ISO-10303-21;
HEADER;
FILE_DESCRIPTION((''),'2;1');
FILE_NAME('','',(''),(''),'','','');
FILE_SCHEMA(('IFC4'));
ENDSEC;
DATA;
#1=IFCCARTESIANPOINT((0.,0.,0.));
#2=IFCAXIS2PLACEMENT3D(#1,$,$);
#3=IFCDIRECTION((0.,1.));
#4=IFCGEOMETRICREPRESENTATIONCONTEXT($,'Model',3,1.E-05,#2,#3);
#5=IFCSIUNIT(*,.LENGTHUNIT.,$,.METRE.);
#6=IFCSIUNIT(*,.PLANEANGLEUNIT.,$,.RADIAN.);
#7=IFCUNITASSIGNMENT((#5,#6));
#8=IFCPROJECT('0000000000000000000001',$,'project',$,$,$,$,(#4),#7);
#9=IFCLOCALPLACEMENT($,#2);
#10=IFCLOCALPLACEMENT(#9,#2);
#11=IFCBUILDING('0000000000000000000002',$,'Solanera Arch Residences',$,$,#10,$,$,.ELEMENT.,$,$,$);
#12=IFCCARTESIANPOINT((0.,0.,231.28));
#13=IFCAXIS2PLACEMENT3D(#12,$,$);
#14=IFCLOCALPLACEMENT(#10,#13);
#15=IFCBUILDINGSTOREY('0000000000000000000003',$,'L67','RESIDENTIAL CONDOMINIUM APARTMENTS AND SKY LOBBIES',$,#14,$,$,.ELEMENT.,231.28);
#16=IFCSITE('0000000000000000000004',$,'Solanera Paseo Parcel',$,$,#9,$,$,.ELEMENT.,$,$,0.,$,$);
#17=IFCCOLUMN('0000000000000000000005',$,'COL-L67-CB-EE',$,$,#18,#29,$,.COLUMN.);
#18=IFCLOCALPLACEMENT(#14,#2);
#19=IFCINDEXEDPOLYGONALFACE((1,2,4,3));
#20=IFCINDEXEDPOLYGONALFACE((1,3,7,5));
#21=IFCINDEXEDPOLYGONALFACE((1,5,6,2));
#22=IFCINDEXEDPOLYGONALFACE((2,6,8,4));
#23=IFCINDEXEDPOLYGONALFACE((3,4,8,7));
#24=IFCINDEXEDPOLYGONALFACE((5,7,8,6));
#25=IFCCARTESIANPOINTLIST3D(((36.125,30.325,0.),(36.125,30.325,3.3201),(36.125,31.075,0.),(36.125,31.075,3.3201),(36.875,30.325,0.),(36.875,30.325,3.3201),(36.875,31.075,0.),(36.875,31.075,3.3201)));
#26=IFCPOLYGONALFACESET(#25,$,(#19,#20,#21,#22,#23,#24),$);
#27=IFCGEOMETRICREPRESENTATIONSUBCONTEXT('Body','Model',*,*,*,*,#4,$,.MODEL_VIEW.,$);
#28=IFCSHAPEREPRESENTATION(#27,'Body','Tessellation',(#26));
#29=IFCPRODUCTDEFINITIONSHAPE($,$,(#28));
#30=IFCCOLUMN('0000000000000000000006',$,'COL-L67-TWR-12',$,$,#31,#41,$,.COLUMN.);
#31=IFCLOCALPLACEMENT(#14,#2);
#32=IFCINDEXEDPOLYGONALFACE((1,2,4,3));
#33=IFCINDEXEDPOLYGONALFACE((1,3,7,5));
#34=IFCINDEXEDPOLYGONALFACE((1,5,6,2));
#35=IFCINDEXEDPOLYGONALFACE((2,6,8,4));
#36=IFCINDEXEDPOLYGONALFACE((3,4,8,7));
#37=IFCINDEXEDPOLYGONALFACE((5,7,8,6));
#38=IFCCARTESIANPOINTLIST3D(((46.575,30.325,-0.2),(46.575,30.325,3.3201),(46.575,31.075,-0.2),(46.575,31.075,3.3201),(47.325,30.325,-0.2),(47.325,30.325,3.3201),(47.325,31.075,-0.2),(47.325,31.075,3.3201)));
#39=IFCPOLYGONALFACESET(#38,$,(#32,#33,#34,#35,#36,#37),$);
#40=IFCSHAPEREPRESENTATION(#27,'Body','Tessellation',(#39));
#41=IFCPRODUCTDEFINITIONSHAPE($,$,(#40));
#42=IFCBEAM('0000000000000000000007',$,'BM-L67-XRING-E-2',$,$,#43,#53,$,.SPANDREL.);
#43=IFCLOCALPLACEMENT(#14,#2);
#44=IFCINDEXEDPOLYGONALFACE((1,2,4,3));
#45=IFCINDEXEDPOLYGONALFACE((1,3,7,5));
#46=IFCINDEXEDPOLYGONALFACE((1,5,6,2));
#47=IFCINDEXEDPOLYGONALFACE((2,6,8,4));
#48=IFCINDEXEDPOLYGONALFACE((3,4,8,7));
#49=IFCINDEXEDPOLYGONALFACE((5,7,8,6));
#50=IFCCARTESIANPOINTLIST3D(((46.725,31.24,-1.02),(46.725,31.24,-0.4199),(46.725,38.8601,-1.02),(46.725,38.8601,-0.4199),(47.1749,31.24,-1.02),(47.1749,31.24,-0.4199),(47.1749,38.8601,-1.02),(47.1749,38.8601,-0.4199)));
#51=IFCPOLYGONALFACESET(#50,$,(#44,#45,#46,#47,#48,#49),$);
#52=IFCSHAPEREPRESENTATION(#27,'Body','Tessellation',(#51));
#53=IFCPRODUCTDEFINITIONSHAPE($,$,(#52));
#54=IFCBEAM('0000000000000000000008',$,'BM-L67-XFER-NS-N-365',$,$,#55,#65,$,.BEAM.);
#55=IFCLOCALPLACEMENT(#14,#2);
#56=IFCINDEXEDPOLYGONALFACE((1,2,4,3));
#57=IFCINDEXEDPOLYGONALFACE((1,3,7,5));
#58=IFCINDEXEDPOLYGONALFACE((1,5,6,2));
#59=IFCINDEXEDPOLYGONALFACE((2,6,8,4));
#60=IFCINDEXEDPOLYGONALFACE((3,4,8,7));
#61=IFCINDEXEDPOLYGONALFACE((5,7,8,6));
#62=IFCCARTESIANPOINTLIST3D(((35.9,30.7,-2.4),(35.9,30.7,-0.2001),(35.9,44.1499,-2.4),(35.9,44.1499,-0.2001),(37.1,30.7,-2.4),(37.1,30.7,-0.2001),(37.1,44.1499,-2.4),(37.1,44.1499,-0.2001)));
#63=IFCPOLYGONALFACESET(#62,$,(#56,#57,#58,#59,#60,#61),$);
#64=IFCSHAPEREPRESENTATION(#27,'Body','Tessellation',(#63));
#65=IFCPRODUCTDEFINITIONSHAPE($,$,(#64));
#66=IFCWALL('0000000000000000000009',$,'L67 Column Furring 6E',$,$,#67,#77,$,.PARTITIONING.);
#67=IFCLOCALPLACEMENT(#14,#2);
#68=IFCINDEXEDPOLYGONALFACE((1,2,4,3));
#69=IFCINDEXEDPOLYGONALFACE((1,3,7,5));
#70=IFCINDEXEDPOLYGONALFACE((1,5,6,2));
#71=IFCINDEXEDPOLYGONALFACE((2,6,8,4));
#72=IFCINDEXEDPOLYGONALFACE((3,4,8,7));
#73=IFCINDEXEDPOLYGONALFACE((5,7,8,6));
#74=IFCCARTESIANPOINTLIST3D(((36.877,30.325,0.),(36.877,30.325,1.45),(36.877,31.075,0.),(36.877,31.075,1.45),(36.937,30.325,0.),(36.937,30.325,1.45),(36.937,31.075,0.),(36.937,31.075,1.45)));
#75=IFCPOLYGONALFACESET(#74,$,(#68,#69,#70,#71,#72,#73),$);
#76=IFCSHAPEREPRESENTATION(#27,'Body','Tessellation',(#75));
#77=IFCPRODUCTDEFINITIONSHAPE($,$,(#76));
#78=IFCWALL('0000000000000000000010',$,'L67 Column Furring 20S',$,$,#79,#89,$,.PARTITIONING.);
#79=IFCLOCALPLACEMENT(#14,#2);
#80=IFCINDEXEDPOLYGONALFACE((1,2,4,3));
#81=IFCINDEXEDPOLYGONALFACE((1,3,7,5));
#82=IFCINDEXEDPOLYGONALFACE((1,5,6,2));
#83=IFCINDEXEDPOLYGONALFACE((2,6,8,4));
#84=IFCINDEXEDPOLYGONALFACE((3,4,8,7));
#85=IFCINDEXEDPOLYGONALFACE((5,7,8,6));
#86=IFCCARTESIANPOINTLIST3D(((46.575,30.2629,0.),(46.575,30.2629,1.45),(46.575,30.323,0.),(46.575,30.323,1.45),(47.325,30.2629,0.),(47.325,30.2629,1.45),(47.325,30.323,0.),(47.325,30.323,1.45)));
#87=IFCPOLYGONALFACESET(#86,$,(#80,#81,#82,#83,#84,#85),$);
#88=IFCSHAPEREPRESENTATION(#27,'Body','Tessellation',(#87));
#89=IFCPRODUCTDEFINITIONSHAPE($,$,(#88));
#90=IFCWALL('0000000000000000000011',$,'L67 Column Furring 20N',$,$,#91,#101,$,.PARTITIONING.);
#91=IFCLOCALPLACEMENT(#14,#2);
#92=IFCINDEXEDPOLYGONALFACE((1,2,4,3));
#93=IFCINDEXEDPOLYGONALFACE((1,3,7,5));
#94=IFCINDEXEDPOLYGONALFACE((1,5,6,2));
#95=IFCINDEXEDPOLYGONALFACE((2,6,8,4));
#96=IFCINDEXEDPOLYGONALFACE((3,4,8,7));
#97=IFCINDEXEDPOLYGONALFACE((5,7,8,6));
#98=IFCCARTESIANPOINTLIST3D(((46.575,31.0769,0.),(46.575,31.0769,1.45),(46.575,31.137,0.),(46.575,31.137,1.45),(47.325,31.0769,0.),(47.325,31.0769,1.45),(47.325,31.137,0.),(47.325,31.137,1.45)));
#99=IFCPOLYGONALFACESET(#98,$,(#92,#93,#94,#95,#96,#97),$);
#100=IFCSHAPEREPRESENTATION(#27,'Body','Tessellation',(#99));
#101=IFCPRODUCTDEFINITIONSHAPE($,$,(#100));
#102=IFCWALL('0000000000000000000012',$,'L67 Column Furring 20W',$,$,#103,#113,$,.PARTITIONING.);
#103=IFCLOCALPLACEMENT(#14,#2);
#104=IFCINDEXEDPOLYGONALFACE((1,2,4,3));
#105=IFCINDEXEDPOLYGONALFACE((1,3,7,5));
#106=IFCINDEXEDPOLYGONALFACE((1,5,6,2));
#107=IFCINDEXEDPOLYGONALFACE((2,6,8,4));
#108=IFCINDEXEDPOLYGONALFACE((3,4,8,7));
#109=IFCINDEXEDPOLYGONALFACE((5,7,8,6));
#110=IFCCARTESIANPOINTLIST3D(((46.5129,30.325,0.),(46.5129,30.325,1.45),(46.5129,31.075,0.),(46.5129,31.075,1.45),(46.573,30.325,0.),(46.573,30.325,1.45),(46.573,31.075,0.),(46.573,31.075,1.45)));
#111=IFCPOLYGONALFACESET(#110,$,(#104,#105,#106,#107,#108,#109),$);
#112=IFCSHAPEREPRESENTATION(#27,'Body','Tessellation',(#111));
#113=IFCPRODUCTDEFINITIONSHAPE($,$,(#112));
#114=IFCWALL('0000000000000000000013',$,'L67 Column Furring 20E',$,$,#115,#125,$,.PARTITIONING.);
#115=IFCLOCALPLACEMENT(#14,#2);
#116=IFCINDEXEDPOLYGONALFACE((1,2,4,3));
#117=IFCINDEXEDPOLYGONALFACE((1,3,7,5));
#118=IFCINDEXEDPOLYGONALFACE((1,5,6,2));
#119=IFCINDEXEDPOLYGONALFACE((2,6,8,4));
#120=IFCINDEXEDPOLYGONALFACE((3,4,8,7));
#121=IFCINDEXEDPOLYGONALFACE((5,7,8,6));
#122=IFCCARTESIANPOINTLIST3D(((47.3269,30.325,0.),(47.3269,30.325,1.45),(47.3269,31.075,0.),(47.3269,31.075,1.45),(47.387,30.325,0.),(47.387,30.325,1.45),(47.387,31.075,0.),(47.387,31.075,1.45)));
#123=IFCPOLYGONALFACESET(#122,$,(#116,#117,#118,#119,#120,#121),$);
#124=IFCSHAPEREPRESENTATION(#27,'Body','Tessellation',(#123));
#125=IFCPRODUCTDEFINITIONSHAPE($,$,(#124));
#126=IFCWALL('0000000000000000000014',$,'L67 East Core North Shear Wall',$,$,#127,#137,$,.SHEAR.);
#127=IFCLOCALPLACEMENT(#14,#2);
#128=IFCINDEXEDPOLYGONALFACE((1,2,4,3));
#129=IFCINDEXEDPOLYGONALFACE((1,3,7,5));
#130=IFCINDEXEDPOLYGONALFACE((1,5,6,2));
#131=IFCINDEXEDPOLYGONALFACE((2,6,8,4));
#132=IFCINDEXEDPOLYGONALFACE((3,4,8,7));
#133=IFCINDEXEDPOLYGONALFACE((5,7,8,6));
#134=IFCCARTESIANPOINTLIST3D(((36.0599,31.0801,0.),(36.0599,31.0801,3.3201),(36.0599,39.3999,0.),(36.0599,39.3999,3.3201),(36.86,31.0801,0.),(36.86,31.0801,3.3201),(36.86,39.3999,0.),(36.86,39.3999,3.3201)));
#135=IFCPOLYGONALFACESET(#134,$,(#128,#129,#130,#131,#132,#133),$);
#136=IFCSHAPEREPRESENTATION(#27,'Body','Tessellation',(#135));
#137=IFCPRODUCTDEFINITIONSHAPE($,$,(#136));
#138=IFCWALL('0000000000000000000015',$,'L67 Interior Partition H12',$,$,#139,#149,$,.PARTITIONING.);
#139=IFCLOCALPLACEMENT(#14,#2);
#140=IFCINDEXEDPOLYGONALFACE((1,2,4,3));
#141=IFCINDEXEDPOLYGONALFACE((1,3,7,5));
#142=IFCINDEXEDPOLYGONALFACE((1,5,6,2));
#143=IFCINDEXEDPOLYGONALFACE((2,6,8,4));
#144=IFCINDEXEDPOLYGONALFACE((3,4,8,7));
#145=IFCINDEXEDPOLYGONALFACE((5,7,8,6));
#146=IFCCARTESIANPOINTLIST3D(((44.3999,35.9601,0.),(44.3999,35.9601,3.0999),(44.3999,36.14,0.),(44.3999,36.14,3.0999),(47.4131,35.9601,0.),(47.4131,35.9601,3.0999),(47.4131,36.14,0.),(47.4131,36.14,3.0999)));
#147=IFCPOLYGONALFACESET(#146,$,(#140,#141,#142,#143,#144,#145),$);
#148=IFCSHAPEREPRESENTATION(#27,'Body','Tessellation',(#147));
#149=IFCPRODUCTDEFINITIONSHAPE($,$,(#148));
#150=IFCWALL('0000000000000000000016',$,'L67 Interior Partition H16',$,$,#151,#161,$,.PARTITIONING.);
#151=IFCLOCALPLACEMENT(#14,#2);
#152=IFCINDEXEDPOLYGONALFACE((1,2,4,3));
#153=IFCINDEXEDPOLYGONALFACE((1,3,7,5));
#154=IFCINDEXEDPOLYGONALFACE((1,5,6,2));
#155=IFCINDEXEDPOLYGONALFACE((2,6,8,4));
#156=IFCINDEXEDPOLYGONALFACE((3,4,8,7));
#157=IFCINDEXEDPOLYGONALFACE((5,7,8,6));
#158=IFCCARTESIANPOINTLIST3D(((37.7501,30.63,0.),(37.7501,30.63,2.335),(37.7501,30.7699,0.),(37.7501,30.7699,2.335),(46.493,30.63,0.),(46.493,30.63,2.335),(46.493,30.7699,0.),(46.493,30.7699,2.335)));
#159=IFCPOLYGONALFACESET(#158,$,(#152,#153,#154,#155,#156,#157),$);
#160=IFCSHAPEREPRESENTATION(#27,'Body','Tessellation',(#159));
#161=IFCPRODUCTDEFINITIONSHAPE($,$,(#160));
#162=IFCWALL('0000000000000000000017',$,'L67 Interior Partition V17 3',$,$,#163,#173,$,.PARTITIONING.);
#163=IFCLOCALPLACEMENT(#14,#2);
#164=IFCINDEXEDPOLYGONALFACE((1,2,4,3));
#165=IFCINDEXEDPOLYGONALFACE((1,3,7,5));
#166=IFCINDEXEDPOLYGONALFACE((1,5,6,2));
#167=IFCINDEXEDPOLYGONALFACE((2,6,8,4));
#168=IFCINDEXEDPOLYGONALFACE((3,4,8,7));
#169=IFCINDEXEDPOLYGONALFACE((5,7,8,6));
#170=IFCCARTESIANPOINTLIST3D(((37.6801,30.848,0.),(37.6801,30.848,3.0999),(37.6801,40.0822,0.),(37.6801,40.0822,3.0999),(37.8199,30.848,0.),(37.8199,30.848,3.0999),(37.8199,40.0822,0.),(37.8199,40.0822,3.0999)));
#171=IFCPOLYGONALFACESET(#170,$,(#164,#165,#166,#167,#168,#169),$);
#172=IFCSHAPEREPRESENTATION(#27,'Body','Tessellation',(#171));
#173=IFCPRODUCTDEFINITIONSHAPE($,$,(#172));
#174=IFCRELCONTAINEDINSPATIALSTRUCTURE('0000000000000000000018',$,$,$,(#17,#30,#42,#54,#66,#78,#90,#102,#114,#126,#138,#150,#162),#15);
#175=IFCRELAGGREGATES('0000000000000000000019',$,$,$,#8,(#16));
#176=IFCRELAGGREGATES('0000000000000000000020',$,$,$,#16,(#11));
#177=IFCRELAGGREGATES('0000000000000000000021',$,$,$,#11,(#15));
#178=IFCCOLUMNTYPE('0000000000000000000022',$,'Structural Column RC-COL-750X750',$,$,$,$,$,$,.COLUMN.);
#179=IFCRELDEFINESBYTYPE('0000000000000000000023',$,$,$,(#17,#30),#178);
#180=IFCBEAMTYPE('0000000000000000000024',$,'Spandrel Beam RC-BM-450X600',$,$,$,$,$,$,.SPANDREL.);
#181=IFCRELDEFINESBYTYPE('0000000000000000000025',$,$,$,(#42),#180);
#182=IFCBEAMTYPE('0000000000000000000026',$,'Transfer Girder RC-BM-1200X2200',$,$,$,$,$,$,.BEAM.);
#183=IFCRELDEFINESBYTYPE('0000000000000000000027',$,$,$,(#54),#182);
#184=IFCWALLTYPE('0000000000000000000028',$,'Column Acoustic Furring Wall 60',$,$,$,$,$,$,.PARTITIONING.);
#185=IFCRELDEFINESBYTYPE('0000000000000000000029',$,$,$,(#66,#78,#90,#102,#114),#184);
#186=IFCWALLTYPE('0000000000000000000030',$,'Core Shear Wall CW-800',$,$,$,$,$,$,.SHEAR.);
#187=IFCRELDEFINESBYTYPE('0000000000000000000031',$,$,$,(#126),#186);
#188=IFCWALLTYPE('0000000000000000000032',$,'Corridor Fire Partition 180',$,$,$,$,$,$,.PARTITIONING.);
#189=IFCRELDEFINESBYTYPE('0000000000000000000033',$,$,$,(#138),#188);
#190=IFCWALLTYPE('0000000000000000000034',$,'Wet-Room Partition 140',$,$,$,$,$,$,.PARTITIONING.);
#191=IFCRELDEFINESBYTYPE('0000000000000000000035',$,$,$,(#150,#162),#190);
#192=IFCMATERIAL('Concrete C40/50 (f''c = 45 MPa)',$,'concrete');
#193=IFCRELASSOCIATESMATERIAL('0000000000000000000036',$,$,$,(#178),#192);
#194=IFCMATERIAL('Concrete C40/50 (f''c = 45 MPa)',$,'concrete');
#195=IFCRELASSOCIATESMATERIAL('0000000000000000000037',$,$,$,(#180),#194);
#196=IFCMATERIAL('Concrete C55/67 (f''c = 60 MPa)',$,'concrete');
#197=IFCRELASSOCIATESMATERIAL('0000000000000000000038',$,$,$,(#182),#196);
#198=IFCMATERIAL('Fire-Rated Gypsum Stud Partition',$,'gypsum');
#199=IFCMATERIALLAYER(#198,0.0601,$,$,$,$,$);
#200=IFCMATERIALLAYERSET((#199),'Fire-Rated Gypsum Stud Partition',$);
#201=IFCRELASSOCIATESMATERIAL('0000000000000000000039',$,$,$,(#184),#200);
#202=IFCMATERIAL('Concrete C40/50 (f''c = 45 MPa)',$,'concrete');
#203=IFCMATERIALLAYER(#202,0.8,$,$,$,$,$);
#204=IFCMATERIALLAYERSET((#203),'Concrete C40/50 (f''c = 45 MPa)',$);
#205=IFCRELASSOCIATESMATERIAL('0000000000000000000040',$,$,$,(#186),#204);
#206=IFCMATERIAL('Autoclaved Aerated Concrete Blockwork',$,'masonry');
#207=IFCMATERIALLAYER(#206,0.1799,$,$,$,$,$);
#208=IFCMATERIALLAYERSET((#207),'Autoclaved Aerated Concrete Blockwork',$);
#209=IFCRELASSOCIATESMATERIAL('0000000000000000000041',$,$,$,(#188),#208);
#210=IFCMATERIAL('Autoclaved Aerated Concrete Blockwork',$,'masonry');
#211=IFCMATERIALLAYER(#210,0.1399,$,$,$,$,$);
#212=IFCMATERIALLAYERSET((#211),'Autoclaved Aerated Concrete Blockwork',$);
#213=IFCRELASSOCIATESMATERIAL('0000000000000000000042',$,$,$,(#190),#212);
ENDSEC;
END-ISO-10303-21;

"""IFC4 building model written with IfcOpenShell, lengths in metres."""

from ifc_helpers import new_model, si_unit, direction, frame, frame_2d, origin, origin_2d, place, context, subcontext, project, spatial, rectangle, extrude, material, layer, layer_set, material_profile, profile_set, type_object, element, save


model = new_model("IFC4")

# Units and contexts
model_context = context("Model", 3, precision=1e-05, world=origin(), true_north=direction((0.0, 1.0)))
body_context = subcontext(model_context, "Body", "Model", "MODEL_VIEW")
ifc_project = project(units=[si_unit("LENGTHUNIT", "METRE"), si_unit("PLANEANGLEUNIT", "RADIAN")], contexts=[model_context])

# Site, building, storey
site_placement = place(None, origin())
site = spatial("IfcSite", under=ifc_project, at=site_placement, Name="Solanera Paseo Parcel", CompositionType="ELEMENT", RefElevation=0.0)
building_placement = place(site_placement, origin())
building = spatial("IfcBuilding", under=site, at=building_placement, Name="Solanera Arch Residences", CompositionType="ELEMENT")
storey_placement = place(building_placement, frame((0.0, 0.0, 231.28)))
storey = spatial("IfcBuildingStorey", under=building, at=storey_placement, Name="L67", Description="RESIDENTIAL CONDOMINIUM APARTMENTS AND SKY LOBBIES", CompositionType="ELEMENT", Elevation=231.28)

# Columns
ifc_material_1 = material(Name="Concrete C40/50 (f'c = 45 MPa)", Category="concrete")
ifc_material_profile_1 = material_profile(ifc_material_1, rectangle(XDim=0.75, YDim=0.75, at=origin_2d()))
ifc_profile_set_1 = profile_set([ifc_material_profile_1], Name="Concrete C40/50 (f'c = 45 MPa)")
column_type = type_object("IfcColumnType", Name="Structural Column RC-COL-750X750", PredefinedType="COLUMN", material=ifc_profile_set_1)
column_1_placement = place(storey_placement, frame((36.5, 30.7, 0.0), z_axis=(0.0, 0.0, 1.0), x_axis=(1.0, 0.0, 0.0)))
element("IfcColumn", 1, at=column_1_placement, inside=storey, type_object=column_type, Name="COL-L67-CB-EE", PredefinedType="COLUMN", context=body_context, shape_type="SweptSolid", body=[
    extrude(rectangle(XDim=0.75, YDim=0.75, at=origin_2d()), origin(), (0.0, 0.0, 1.0), 3.3201),
])
column_2_placement = place(storey_placement, frame((46.95, 30.7, -0.2), z_axis=(0.0, 0.0, 1.0), x_axis=(1.0, 0.0, 0.0)))
element("IfcColumn", 2, at=column_2_placement, inside=storey, type_object=column_type, Name="COL-L67-TWR-12", PredefinedType="COLUMN", context=body_context, shape_type="SweptSolid", body=[
    extrude(rectangle(XDim=0.75, YDim=0.75, at=origin_2d()), origin(), (0.0, 0.0, 1.0), 3.52),
])

# Beams
ifc_material_2 = material(Name="Concrete C40/50 (f'c = 45 MPa)", Category="concrete")
ifc_material_profile_2 = material_profile(ifc_material_2, rectangle(XDim=0.45, YDim=0.6001, at=origin_2d()))
ifc_profile_set_2 = profile_set([ifc_material_profile_2], Name="Concrete C40/50 (f'c = 45 MPa)")
beam_type_1 = type_object("IfcBeamType", Name="Spandrel Beam RC-BM-450X600", PredefinedType="SPANDREL", material=ifc_profile_set_2)
beam_1_placement = place(storey_placement, frame((46.95, 31.24, -0.72), z_axis=(0.0, 1.0, 0.0), x_axis=(-1.0, 0.0, 0.0)))
element("IfcBeam", 3, at=beam_1_placement, inside=storey, type_object=beam_type_1, Name="BM-L67-XRING-E-2", PredefinedType="SPANDREL", context=body_context, shape_type="SweptSolid", body=[
    extrude(rectangle(XDim=0.45, YDim=0.6001, at=origin_2d()), origin(), (0.0, 0.0, 1.0), 7.6201),
])
ifc_material_3 = material(Name="Concrete C55/67 (f'c = 60 MPa)", Category="concrete")
ifc_material_profile_3 = material_profile(ifc_material_3, rectangle(XDim=1.2, YDim=2.2, at=origin_2d()))
ifc_profile_set_3 = profile_set([ifc_material_profile_3], Name="Concrete C55/67 (f'c = 60 MPa)")
beam_type_2 = type_object("IfcBeamType", Name="Transfer Girder RC-BM-1200X2200", PredefinedType="BEAM", material=ifc_profile_set_3)
beam_2_placement = place(storey_placement, frame((36.5, 30.7, -1.3), z_axis=(0.0, 1.0, 0.0), x_axis=(-1.0, 0.0, 0.0)))
element("IfcBeam", 4, at=beam_2_placement, inside=storey, type_object=beam_type_2, Name="BM-L67-XFER-NS-N-365", PredefinedType="BEAM", context=body_context, shape_type="SweptSolid", body=[
    extrude(rectangle(XDim=1.2, YDim=2.2, at=origin_2d()), origin(), (0.0, 0.0, 1.0), 13.45),
])

# Walls
ifc_material_4 = material(Name="Fire-Rated Gypsum Stud Partition", Category="gypsum")
ifc_layer_1 = layer(ifc_material_4, 0.0601)
ifc_layer_set_1 = layer_set([ifc_layer_1], Name="Fire-Rated Gypsum Stud Partition")
wall_type_1 = type_object("IfcWallType", Name="Column Acoustic Furring Wall 60", PredefinedType="PARTITIONING", material=ifc_layer_set_1)
for number, where, z_axis, x_axis, name in (
    (5, (36.907, 30.325, 0.0), (0.0, 0.0, 1.0), (0.0, 1.0, 0.0), "L67 Column Furring 6E"),
    (6, (46.575, 30.293, 0.0), (0.0, 0.0, 1.0), (1.0, 0.0, 0.0), "L67 Column Furring 20S"),
    (7, (46.575, 31.1069, 0.0), (0.0, 0.0, 1.0), (1.0, 0.0, 0.0), "L67 Column Furring 20N"),
    (8, (46.543, 30.325, 0.0), (0.0, 0.0, 1.0), (0.0, 1.0, 0.0), "L67 Column Furring 20W"),
    (9, (47.3569, 30.325, 0.0), (0.0, 0.0, 1.0), (0.0, 1.0, 0.0), "L67 Column Furring 20E"),
):
    element("IfcWall", number, at=place(storey_placement, frame(where, z_axis=z_axis, x_axis=x_axis)), inside=storey, type_object=wall_type_1, Name=name, PredefinedType="PARTITIONING", context=body_context, shape_type="SweptSolid", body=[
        extrude(rectangle(XDim=0.75, YDim=0.0601, at=frame_2d((0.375, 0.0))), origin(), (0.0, 0.0, 1.0), 1.45),
    ])
ifc_material_5 = material(Name="Concrete C40/50 (f'c = 45 MPa)", Category="concrete")
ifc_layer_2 = layer(ifc_material_5, 0.8)
ifc_layer_set_2 = layer_set([ifc_layer_2], Name="Concrete C40/50 (f'c = 45 MPa)")
wall_type_2 = type_object("IfcWallType", Name="Core Shear Wall CW-800", PredefinedType="SHEAR", material=ifc_layer_set_2)
wall_1_placement = place(storey_placement, frame((36.46, 31.0801, 0.0), z_axis=(0.0, 0.0, 1.0), x_axis=(0.0, 1.0, 0.0)))
element("IfcWall", 10, at=wall_1_placement, inside=storey, type_object=wall_type_2, Name="L67 East Core North Shear Wall", PredefinedType="SHEAR", context=body_context, shape_type="SweptSolid", body=[
    extrude(rectangle(XDim=8.3198, YDim=0.8, at=frame_2d((4.1599, 0.0))), origin(), (0.0, 0.0, 1.0), 3.3201),
])
ifc_material_6 = material(Name="Autoclaved Aerated Concrete Blockwork", Category="masonry")
ifc_layer_3 = layer(ifc_material_6, 0.1799)
ifc_layer_set_3 = layer_set([ifc_layer_3], Name="Autoclaved Aerated Concrete Blockwork")
wall_type_3 = type_object("IfcWallType", Name="Corridor Fire Partition 180", PredefinedType="PARTITIONING", material=ifc_layer_set_3)
wall_2_placement = place(storey_placement, frame((44.3999, 36.05, 0.0), z_axis=(0.0, 0.0, 1.0), x_axis=(1.0, 0.0, 0.0)))
element("IfcWall", 11, at=wall_2_placement, inside=storey, type_object=wall_type_3, Name="L67 Interior Partition H12", PredefinedType="PARTITIONING", context=body_context, shape_type="SweptSolid", body=[
    extrude(rectangle(XDim=3.0132, YDim=0.1799, at=frame_2d((1.5066, 0.0))), origin(), (0.0, 0.0, 1.0), 3.0999),
])
ifc_material_7 = material(Name="Autoclaved Aerated Concrete Blockwork", Category="masonry")
ifc_layer_4 = layer(ifc_material_7, 0.1399)
ifc_layer_set_4 = layer_set([ifc_layer_4], Name="Autoclaved Aerated Concrete Blockwork")
wall_type_4 = type_object("IfcWallType", Name="Wet-Room Partition 140", PredefinedType="PARTITIONING", material=ifc_layer_set_4)
wall_3_placement = place(storey_placement, frame((37.75, 30.7, 0.0), z_axis=(0.0, 0.0, 1.0), x_axis=(1.0, 0.0, 0.0)))
element("IfcWall", 12, at=wall_3_placement, inside=storey, type_object=wall_type_4, Name="L67 Interior Partition H16", PredefinedType="PARTITIONING", context=body_context, shape_type="SweptSolid", body=[
    extrude(rectangle(XDim=8.7429, YDim=0.1399, at=frame_2d((4.3716, 0.0))), origin(), (0.0, 0.0, 1.0), 2.335),
])
wall_4_placement = place(storey_placement, frame((37.75, 30.8479, 0.0), z_axis=(0.0, 0.0, 1.0), x_axis=(0.0, 1.0, 0.0)))
element("IfcWall", 13, at=wall_4_placement, inside=storey, type_object=wall_type_4, Name="L67 Interior Partition V17 3", PredefinedType="PARTITIONING", context=body_context, shape_type="SweptSolid", body=[
    extrude(rectangle(XDim=9.2341, YDim=0.1399, at=frame_2d((4.6172, 0.0))), origin(), (0.0, 0.0, 1.0), 3.0999),
])

save(model, "model.ifc")
